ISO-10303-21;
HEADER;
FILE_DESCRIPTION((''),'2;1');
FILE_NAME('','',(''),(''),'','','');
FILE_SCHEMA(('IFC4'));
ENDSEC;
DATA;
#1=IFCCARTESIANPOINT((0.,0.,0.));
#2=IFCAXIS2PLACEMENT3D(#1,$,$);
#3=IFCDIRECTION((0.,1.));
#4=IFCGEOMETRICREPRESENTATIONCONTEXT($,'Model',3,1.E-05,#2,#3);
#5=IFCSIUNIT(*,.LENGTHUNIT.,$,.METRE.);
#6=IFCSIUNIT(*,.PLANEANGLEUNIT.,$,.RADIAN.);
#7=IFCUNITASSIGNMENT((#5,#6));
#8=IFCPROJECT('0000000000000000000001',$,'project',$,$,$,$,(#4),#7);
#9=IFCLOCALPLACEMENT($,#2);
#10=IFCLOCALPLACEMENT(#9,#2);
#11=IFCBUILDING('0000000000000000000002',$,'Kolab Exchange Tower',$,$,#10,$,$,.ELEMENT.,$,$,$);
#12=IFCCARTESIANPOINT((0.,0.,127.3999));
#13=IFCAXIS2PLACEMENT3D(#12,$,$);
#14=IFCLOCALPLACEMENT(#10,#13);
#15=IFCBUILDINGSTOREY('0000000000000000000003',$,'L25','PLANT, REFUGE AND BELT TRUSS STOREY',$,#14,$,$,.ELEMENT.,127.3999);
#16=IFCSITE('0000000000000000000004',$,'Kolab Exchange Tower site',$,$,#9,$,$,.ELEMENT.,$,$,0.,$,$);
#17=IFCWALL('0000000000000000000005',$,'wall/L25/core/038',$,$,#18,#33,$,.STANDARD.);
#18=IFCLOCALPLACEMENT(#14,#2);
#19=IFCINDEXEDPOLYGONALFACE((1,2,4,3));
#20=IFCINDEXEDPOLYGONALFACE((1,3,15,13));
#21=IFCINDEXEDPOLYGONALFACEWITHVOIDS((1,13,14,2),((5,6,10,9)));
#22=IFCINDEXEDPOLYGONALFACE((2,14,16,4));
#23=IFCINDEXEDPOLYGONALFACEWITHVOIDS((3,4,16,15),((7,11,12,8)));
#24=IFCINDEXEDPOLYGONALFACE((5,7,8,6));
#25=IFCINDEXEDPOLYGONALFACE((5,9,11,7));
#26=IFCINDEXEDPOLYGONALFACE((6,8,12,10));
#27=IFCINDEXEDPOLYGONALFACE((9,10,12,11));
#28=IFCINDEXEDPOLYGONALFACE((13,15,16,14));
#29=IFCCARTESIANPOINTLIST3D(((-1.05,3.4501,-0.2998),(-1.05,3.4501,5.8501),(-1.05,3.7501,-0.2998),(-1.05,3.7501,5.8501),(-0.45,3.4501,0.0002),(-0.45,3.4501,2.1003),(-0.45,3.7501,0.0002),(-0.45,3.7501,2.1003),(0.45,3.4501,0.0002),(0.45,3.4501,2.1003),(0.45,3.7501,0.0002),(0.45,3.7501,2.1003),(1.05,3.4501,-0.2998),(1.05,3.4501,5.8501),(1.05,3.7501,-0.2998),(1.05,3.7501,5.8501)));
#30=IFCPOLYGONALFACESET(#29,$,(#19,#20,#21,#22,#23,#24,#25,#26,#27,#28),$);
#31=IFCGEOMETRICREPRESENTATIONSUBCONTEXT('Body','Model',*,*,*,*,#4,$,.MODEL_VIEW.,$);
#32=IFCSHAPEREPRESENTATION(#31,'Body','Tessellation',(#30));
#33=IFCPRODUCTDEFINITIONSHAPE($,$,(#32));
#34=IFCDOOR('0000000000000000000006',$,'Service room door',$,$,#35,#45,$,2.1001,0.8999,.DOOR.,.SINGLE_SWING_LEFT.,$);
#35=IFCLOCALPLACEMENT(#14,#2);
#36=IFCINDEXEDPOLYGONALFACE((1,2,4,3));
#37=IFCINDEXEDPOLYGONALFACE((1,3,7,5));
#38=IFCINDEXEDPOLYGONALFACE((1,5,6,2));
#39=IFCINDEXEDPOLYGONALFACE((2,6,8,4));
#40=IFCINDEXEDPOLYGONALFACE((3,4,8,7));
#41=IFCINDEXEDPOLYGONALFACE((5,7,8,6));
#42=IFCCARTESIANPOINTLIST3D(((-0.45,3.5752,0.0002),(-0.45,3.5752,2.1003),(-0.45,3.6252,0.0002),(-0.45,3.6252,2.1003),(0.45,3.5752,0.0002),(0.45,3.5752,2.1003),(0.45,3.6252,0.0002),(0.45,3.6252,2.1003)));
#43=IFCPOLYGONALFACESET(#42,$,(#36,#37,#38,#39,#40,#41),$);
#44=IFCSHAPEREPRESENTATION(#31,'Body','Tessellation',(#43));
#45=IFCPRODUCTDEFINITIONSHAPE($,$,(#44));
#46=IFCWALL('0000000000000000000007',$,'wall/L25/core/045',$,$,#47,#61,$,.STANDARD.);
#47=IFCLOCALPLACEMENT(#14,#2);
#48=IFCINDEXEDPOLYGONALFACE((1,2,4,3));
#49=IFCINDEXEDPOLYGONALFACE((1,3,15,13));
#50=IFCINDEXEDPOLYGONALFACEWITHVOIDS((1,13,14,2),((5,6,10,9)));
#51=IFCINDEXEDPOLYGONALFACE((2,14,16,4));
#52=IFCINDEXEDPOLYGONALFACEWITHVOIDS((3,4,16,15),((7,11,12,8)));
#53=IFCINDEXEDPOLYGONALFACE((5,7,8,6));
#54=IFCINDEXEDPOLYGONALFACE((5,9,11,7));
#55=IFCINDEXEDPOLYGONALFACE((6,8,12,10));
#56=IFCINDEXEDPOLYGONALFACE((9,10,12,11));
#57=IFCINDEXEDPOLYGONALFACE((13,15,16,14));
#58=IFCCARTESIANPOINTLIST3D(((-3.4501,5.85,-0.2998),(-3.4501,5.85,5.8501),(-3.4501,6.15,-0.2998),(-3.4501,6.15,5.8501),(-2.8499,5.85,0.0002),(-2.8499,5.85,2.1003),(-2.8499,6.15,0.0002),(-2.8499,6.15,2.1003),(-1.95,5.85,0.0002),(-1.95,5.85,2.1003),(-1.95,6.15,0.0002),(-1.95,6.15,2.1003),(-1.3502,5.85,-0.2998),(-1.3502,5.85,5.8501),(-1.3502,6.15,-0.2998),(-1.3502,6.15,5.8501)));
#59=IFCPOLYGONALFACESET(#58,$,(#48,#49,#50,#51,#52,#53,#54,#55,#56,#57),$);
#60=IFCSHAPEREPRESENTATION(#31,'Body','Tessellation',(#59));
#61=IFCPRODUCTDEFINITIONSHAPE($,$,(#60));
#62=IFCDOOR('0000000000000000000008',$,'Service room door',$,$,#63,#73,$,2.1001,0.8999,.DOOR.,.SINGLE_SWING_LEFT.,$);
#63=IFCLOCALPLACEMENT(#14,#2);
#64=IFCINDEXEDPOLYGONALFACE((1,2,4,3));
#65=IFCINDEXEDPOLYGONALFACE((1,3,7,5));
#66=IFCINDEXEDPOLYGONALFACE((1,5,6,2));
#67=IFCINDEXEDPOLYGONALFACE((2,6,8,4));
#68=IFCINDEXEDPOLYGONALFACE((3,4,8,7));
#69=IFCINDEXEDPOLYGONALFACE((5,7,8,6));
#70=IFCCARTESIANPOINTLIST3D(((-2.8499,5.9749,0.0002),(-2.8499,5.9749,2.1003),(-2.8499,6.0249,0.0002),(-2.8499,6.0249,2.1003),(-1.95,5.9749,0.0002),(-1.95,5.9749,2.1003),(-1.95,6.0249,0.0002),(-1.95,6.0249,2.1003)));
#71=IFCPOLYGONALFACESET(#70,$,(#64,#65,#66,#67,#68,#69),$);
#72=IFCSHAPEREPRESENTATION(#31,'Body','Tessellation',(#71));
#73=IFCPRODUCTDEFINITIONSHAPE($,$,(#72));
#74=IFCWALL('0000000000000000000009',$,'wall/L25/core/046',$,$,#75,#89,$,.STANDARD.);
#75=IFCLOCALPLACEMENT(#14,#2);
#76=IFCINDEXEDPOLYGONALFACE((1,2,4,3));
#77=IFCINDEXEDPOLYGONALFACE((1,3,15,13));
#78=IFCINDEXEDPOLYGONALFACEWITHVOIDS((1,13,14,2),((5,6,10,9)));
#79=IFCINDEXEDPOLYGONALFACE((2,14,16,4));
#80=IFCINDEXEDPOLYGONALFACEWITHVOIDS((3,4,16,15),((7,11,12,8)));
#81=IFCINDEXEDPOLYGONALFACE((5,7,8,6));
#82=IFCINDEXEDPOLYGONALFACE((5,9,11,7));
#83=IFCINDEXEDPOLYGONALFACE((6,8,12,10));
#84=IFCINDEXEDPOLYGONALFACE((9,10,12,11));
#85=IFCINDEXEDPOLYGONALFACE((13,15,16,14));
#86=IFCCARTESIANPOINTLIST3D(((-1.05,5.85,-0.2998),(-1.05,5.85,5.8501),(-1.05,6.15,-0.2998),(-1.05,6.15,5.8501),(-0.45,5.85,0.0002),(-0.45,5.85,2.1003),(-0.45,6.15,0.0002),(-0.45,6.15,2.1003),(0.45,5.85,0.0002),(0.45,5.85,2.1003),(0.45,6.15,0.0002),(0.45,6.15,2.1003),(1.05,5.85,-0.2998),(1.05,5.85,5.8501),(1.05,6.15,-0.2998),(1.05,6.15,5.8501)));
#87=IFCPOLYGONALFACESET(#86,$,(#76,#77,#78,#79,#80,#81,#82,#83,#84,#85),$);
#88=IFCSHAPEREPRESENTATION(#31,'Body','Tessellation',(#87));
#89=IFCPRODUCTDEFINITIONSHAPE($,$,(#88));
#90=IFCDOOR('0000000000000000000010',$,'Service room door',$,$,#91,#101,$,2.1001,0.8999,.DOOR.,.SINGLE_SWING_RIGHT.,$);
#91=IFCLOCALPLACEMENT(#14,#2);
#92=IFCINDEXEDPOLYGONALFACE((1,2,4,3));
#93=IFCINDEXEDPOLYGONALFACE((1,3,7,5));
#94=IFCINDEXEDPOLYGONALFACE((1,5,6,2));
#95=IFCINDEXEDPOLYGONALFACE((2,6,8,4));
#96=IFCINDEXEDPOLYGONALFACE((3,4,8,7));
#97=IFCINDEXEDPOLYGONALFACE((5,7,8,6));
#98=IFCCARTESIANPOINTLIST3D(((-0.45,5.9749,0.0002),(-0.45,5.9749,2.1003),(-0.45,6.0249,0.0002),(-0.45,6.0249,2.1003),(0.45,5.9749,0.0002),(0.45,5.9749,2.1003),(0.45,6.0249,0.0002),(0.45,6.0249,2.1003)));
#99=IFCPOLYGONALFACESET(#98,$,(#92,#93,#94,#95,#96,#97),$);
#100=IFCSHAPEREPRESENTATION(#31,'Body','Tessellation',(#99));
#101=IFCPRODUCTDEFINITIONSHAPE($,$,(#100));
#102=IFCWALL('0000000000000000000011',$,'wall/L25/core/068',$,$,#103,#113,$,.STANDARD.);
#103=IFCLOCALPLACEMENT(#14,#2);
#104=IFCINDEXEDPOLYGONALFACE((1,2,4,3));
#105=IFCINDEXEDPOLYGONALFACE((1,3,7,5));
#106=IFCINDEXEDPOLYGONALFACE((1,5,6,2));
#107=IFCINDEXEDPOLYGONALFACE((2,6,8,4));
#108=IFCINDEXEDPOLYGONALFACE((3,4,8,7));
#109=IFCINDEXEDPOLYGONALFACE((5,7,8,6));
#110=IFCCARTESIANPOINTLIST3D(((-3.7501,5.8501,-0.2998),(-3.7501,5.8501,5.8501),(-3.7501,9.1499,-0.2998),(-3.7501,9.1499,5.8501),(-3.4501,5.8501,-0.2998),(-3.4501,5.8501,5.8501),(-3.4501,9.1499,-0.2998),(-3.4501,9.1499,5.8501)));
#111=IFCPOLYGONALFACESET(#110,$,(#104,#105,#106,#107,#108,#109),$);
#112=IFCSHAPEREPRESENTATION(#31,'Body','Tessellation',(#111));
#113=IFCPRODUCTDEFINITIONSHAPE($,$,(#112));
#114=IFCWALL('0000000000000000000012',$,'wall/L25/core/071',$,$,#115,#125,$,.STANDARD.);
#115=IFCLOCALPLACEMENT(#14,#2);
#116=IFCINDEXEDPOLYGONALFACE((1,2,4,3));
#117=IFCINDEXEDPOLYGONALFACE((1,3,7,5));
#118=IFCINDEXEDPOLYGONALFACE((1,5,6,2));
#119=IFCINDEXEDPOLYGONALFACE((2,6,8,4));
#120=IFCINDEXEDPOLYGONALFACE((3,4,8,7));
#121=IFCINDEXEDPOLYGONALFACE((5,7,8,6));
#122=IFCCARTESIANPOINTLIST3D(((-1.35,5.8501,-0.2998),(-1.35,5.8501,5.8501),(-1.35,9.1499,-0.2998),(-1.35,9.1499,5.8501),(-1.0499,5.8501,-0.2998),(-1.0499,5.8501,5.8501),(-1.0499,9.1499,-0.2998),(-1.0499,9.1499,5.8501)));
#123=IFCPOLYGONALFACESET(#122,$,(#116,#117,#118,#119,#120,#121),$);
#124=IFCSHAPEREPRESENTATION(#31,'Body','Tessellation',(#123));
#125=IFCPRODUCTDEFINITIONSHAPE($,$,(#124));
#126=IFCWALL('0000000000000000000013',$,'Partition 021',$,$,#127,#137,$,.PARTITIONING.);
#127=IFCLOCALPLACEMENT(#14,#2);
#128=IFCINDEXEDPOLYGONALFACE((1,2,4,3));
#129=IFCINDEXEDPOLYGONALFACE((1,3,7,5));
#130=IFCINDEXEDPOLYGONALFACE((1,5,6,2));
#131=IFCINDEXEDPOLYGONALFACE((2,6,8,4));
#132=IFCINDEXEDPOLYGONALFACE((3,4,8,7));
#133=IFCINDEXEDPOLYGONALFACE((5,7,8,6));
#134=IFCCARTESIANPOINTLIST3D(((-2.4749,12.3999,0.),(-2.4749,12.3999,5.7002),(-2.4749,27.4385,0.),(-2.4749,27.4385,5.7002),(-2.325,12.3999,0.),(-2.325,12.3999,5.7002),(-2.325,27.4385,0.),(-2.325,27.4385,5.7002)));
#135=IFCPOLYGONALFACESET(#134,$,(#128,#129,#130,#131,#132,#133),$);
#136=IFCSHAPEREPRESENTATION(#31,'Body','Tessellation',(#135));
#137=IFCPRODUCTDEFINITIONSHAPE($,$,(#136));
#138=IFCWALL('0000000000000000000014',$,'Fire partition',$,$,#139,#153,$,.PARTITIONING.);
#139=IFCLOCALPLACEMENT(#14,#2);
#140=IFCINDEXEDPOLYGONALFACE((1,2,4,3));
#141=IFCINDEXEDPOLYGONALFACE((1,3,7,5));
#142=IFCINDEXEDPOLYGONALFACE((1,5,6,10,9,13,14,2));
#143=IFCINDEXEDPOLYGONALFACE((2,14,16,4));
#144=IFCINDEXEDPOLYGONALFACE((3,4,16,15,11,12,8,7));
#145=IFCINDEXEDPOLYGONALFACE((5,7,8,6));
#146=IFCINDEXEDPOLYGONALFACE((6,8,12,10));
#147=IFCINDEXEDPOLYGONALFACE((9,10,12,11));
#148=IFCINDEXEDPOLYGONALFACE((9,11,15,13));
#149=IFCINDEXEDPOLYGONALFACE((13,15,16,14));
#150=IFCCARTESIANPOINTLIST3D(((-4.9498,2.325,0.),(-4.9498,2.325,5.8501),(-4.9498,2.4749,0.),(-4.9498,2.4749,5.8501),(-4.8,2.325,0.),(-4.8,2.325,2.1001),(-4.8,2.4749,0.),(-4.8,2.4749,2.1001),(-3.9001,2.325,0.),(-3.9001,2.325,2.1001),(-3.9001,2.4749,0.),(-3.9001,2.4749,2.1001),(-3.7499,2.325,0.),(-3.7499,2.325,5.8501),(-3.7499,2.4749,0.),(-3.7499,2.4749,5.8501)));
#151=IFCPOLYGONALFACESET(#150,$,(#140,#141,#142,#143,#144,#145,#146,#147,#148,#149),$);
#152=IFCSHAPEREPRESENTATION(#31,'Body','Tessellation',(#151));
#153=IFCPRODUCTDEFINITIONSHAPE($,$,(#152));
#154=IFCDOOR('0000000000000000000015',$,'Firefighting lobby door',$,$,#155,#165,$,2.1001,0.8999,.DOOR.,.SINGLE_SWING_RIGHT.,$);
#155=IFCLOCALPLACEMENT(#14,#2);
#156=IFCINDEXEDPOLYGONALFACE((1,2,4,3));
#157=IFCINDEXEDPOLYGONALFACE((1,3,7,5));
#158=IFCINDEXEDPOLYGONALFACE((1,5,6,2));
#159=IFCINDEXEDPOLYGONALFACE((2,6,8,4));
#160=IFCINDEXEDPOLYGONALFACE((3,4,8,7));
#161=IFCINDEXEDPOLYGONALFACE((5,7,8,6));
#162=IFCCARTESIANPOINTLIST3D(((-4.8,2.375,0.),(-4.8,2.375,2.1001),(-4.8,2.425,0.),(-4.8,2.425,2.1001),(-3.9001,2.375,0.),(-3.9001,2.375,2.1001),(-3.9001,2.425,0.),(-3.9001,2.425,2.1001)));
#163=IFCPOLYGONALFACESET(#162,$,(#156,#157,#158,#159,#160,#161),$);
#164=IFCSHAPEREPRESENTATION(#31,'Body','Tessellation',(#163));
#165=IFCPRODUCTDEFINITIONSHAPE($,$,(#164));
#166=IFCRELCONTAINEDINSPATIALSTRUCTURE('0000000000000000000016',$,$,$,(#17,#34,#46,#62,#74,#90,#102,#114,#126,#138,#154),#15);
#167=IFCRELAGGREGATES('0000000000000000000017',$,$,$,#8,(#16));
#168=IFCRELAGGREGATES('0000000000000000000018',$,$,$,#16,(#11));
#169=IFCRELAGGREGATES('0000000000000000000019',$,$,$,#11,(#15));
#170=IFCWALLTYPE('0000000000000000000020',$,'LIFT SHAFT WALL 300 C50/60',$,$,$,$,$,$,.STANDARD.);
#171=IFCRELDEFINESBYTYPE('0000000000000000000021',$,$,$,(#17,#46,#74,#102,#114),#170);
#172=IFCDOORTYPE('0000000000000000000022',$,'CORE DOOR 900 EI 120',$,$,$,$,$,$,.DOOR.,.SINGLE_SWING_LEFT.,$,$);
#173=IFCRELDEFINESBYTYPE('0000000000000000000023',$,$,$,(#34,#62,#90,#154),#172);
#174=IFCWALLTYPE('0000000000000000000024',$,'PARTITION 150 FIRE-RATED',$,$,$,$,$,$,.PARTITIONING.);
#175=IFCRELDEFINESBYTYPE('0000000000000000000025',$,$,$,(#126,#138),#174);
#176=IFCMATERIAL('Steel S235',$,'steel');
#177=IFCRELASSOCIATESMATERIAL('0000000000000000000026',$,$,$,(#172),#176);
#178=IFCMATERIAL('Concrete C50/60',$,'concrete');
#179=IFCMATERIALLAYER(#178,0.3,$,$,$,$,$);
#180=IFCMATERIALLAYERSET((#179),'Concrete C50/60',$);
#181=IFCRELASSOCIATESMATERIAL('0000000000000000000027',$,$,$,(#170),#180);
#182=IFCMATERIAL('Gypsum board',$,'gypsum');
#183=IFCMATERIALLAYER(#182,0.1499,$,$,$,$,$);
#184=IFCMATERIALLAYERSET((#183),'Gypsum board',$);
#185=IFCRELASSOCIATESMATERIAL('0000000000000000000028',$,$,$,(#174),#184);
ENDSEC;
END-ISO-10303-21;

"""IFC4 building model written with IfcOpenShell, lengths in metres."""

from ifc_helpers import new_model, si_unit, direction, frame, frame_2d, origin, place, context, subcontext, project, spatial, rectangle, extrude, material, layer, layer_set, type_object, element, fill, save


model = new_model("IFC4")

# Units and contexts
model_context = context("Model", 3, precision=1e-05, world=origin(), true_north=direction((0.0, 1.0)))
body_context = subcontext(model_context, "Body", "Model", "MODEL_VIEW")
ifc_project = project(units=[si_unit("LENGTHUNIT", "METRE"), si_unit("PLANEANGLEUNIT", "RADIAN")], contexts=[model_context])

# Site, building, storey
site_placement = place(None, origin())
site = spatial("IfcSite", under=ifc_project, at=site_placement, Name="Kolab Exchange Tower site", CompositionType="ELEMENT", RefElevation=0.0)
building_placement = place(site_placement, origin())
building = spatial("IfcBuilding", under=site, at=building_placement, Name="Kolab Exchange Tower", CompositionType="ELEMENT")
storey_placement = place(building_placement, frame((0.0, 0.0, 127.3999)))
storey = spatial("IfcBuildingStorey", under=building, at=storey_placement, Name="L25", Description="PLANT, REFUGE AND BELT TRUSS STOREY", CompositionType="ELEMENT", Elevation=127.3999)

# Walls, openings, doors
ifc_material_1 = material(Name="Steel S235", Category="steel")
door_type_1 = type_object("IfcDoorType", Name="CORE DOOR 900 EI 120", OperationType="SINGLE_SWING_LEFT", PredefinedType="DOOR", material=ifc_material_1)
ifc_material_2 = material(Name="Concrete C50/60", Category="concrete")
ifc_layer_1 = layer(ifc_material_2, 0.3)
ifc_layer_set_1 = layer_set([ifc_layer_1], Name="Concrete C50/60")
wall_type_1 = type_object("IfcWallType", Name="LIFT SHAFT WALL 300 C50/60", PredefinedType="STANDARD", material=ifc_layer_set_1)
wall_1_placement = place(storey_placement, frame((-1.05, 3.6001, -0.2998), z_axis=(0.0, 0.0, 1.0), x_axis=(1.0, 0.0, 0.0)))
wall_1 = element("IfcWall", 1, at=wall_1_placement, inside=storey, type_object=wall_type_1, Name="wall/L25/core/038", PredefinedType="STANDARD", context=body_context, shape_type="SweptSolid", body=[
    extrude(rectangle(XDim=2.1001, YDim=0.3, at=frame_2d((1.05, 0.0))), origin(), (0.0, 0.0, 1.0), 6.1499),
])
opening_1_placement = place(wall_1_placement, frame((0.6001, 0.0, 0.3)))
opening_1 = element("IfcOpeningElement", 2, at=opening_1_placement, cuts=wall_1, PredefinedType="OPENING", context=body_context, shape_type="SweptSolid", body=[
    extrude(rectangle(XDim=0.8999, YDim=2.1001, at=frame_2d((0.45, 1.05))), frame((0.0, 0.1602, 0.0), z_axis=(0.0, -1.0, 0.0), x_axis=(1.0, 0.0, 0.0)), (0.0, 0.0, 1.0), 0.3201),
])
door_1_placement = place(opening_1_placement, frame((0.8999, 0.0, 0.0), z_axis=(0.0, 0.0, 1.0), x_axis=(-1.0, 0.0, 0.0)))
door_1 = element("IfcDoor", 3, at=door_1_placement, inside=storey, type_object=door_type_1, Name="Service room door", OperationType="SINGLE_SWING_LEFT", OverallHeight=2.1001, OverallWidth=0.8999, PredefinedType="DOOR", context=body_context, shape_type="SweptSolid", body=[
    extrude(rectangle(XDim=0.8999, YDim=2.1001, at=frame_2d((0.45, 1.05))), frame((0.0, 0.0249, 0.0), z_axis=(0.0, -1.0, 0.0), x_axis=(1.0, 0.0, 0.0)), (0.0, 0.0, 1.0), 0.05),
])
fill(opening_1, door_1)
wall_2_placement = place(storey_placement, frame((-3.45, 6.0, -0.2998), z_axis=(0.0, 0.0, 1.0), x_axis=(1.0, 0.0, 0.0)))
wall_2 = element("IfcWall", 4, at=wall_2_placement, inside=storey, type_object=wall_type_1, Name="wall/L25/core/045", PredefinedType="STANDARD", context=body_context, shape_type="SweptSolid", body=[
    extrude(rectangle(XDim=2.0999, YDim=0.3, at=frame_2d((1.0498, 0.0))), origin(), (0.0, 0.0, 1.0), 6.1499),
])
opening_2_placement = place(wall_2_placement, frame((0.6001, 0.0, 0.3)))
opening_2 = element("IfcOpeningElement", 5, at=opening_2_placement, cuts=wall_2, PredefinedType="OPENING", context=body_context, shape_type="SweptSolid", body=[
    extrude(rectangle(XDim=0.8999, YDim=2.1001, at=frame_2d((0.45, 1.05))), frame((0.0, 0.1602, 0.0), z_axis=(0.0, -1.0, 0.0), x_axis=(1.0, 0.0, 0.0)), (0.0, 0.0, 1.0), 0.3201),
])
door_2_placement = place(opening_2_placement, origin())
door_2 = element("IfcDoor", 6, at=door_2_placement, inside=storey, type_object=door_type_1, Name="Service room door", OperationType="SINGLE_SWING_LEFT", OverallHeight=2.1001, OverallWidth=0.8999, PredefinedType="DOOR", context=body_context, shape_type="SweptSolid", body=[
    extrude(rectangle(XDim=0.8999, YDim=2.1001, at=frame_2d((0.45, 1.05))), frame((0.0, 0.0249, 0.0), z_axis=(0.0, -1.0, 0.0), x_axis=(1.0, 0.0, 0.0)), (0.0, 0.0, 1.0), 0.05),
])
fill(opening_2, door_2)
wall_3_placement = place(storey_placement, frame((-1.05, 6.0, -0.2998), z_axis=(0.0, 0.0, 1.0), x_axis=(1.0, 0.0, 0.0)))
wall_3 = element("IfcWall", 7, at=wall_3_placement, inside=storey, type_object=wall_type_1, Name="wall/L25/core/046", PredefinedType="STANDARD", context=body_context, shape_type="SweptSolid", body=[
    extrude(rectangle(XDim=2.1001, YDim=0.3, at=frame_2d((1.05, 0.0))), origin(), (0.0, 0.0, 1.0), 6.1499),
])
opening_3_placement = place(wall_3_placement, frame((0.6001, 0.0, 0.3)))
opening_3 = element("IfcOpeningElement", 8, at=opening_3_placement, cuts=wall_3, PredefinedType="OPENING", context=body_context, shape_type="SweptSolid", body=[
    extrude(rectangle(XDim=0.8999, YDim=2.1001, at=frame_2d((0.45, 1.05))), frame((0.0, 0.1602, 0.0), z_axis=(0.0, -1.0, 0.0), x_axis=(1.0, 0.0, 0.0)), (0.0, 0.0, 1.0), 0.3201),
])
door_3_placement = place(opening_3_placement, origin())
door_3 = element("IfcDoor", 9, at=door_3_placement, inside=storey, type_object=door_type_1, Name="Service room door", OperationType="SINGLE_SWING_RIGHT", OverallHeight=2.1001, OverallWidth=0.8999, PredefinedType="DOOR", context=body_context, shape_type="SweptSolid", body=[
    extrude(rectangle(XDim=0.8999, YDim=2.1001, at=frame_2d((0.45, 1.05))), frame((0.0, 0.0249, 0.0), z_axis=(0.0, -1.0, 0.0), x_axis=(1.0, 0.0, 0.0)), (0.0, 0.0, 1.0), 0.05),
])
fill(opening_3, door_3)

# Walls
for number, where, z_axis, x_axis, name in (
    (10, (-3.6001, 5.8501, -0.2998), (0.0, 0.0, 1.0), (0.0, 1.0, 0.0), "wall/L25/core/068"),
    (11, (-1.2, 5.8501, -0.2998), (0.0, 0.0, 1.0), (0.0, 1.0, 0.0), "wall/L25/core/071"),
):
    element("IfcWall", number, at=place(storey_placement, frame(where, z_axis=z_axis, x_axis=x_axis)), inside=storey, type_object=wall_type_1, Name=name, PredefinedType="STANDARD", context=body_context, shape_type="SweptSolid", body=[
        extrude(rectangle(XDim=3.2998, YDim=0.3, at=frame_2d((1.6499, 0.0))), origin(), (0.0, 0.0, 1.0), 6.1499),
    ])
ifc_material_3 = material(Name="Gypsum board", Category="gypsum")
ifc_layer_2 = layer(ifc_material_3, 0.1499)
ifc_layer_set_2 = layer_set([ifc_layer_2], Name="Gypsum board")
wall_type_2 = type_object("IfcWallType", Name="PARTITION 150 FIRE-RATED", PredefinedType="PARTITIONING", material=ifc_layer_set_2)
wall_4_placement = place(storey_placement, frame((-2.3999, 12.3999, 0.0), z_axis=(0.0, 0.0, 1.0), x_axis=(0.0, 1.0, 0.0)))
element("IfcWall", 12, at=wall_4_placement, inside=storey, type_object=wall_type_2, Name="Partition 021", PredefinedType="PARTITIONING", context=body_context, shape_type="SweptSolid", body=[
    extrude(rectangle(XDim=15.0386, YDim=0.1499, at=frame_2d((7.5193, 0.0))), origin(), (0.0, 0.0, 1.0), 5.7002),
])

# Wall, opening, door
wall_5_placement = place(storey_placement, frame((-4.95, 2.3999, 0.0), z_axis=(0.0, 0.0, 1.0), x_axis=(1.0, 0.0, 0.0)))
wall_5 = element("IfcWall", 13, at=wall_5_placement, inside=storey, type_object=wall_type_2, Name="Fire partition", PredefinedType="PARTITIONING", context=body_context, shape_type="SweptSolid", body=[
    extrude(rectangle(XDim=1.2, YDim=0.1499, at=frame_2d((0.6001, 0.0))), origin(), (0.0, 0.0, 1.0), 5.8501),
])
opening_4_placement = place(wall_5_placement, frame((0.1499, 0.0, 0.0)))
opening_4 = element("IfcOpeningElement", 14, at=opening_4_placement, cuts=wall_5, PredefinedType="OPENING", context=body_context, shape_type="SweptSolid", body=[
    extrude(rectangle(XDim=0.8999, YDim=2.1001, at=frame_2d((0.45, 1.05))), frame((0.0, 0.085, 0.0), z_axis=(0.0, -1.0, 0.0), x_axis=(1.0, 0.0, 0.0)), (0.0, 0.0, 1.0), 0.1699),
])
door_4_placement = place(opening_4_placement, frame((0.8999, 0.0, 0.0), z_axis=(0.0, 0.0, 1.0), x_axis=(-1.0, 0.0, 0.0)))
door_4 = element("IfcDoor", 15, at=door_4_placement, inside=storey, type_object=door_type_1, Name="Firefighting lobby door", OperationType="SINGLE_SWING_RIGHT", OverallHeight=2.1001, OverallWidth=0.8999, PredefinedType="DOOR", context=body_context, shape_type="SweptSolid", body=[
    extrude(rectangle(XDim=0.8999, YDim=2.1001, at=frame_2d((0.45, 1.05))), frame((0.0, 0.0249, 0.0), z_axis=(0.0, -1.0, 0.0), x_axis=(1.0, 0.0, 0.0)), (0.0, 0.0, 1.0), 0.05),
])
fill(opening_4, door_4)

save(model, "model.ifc")
